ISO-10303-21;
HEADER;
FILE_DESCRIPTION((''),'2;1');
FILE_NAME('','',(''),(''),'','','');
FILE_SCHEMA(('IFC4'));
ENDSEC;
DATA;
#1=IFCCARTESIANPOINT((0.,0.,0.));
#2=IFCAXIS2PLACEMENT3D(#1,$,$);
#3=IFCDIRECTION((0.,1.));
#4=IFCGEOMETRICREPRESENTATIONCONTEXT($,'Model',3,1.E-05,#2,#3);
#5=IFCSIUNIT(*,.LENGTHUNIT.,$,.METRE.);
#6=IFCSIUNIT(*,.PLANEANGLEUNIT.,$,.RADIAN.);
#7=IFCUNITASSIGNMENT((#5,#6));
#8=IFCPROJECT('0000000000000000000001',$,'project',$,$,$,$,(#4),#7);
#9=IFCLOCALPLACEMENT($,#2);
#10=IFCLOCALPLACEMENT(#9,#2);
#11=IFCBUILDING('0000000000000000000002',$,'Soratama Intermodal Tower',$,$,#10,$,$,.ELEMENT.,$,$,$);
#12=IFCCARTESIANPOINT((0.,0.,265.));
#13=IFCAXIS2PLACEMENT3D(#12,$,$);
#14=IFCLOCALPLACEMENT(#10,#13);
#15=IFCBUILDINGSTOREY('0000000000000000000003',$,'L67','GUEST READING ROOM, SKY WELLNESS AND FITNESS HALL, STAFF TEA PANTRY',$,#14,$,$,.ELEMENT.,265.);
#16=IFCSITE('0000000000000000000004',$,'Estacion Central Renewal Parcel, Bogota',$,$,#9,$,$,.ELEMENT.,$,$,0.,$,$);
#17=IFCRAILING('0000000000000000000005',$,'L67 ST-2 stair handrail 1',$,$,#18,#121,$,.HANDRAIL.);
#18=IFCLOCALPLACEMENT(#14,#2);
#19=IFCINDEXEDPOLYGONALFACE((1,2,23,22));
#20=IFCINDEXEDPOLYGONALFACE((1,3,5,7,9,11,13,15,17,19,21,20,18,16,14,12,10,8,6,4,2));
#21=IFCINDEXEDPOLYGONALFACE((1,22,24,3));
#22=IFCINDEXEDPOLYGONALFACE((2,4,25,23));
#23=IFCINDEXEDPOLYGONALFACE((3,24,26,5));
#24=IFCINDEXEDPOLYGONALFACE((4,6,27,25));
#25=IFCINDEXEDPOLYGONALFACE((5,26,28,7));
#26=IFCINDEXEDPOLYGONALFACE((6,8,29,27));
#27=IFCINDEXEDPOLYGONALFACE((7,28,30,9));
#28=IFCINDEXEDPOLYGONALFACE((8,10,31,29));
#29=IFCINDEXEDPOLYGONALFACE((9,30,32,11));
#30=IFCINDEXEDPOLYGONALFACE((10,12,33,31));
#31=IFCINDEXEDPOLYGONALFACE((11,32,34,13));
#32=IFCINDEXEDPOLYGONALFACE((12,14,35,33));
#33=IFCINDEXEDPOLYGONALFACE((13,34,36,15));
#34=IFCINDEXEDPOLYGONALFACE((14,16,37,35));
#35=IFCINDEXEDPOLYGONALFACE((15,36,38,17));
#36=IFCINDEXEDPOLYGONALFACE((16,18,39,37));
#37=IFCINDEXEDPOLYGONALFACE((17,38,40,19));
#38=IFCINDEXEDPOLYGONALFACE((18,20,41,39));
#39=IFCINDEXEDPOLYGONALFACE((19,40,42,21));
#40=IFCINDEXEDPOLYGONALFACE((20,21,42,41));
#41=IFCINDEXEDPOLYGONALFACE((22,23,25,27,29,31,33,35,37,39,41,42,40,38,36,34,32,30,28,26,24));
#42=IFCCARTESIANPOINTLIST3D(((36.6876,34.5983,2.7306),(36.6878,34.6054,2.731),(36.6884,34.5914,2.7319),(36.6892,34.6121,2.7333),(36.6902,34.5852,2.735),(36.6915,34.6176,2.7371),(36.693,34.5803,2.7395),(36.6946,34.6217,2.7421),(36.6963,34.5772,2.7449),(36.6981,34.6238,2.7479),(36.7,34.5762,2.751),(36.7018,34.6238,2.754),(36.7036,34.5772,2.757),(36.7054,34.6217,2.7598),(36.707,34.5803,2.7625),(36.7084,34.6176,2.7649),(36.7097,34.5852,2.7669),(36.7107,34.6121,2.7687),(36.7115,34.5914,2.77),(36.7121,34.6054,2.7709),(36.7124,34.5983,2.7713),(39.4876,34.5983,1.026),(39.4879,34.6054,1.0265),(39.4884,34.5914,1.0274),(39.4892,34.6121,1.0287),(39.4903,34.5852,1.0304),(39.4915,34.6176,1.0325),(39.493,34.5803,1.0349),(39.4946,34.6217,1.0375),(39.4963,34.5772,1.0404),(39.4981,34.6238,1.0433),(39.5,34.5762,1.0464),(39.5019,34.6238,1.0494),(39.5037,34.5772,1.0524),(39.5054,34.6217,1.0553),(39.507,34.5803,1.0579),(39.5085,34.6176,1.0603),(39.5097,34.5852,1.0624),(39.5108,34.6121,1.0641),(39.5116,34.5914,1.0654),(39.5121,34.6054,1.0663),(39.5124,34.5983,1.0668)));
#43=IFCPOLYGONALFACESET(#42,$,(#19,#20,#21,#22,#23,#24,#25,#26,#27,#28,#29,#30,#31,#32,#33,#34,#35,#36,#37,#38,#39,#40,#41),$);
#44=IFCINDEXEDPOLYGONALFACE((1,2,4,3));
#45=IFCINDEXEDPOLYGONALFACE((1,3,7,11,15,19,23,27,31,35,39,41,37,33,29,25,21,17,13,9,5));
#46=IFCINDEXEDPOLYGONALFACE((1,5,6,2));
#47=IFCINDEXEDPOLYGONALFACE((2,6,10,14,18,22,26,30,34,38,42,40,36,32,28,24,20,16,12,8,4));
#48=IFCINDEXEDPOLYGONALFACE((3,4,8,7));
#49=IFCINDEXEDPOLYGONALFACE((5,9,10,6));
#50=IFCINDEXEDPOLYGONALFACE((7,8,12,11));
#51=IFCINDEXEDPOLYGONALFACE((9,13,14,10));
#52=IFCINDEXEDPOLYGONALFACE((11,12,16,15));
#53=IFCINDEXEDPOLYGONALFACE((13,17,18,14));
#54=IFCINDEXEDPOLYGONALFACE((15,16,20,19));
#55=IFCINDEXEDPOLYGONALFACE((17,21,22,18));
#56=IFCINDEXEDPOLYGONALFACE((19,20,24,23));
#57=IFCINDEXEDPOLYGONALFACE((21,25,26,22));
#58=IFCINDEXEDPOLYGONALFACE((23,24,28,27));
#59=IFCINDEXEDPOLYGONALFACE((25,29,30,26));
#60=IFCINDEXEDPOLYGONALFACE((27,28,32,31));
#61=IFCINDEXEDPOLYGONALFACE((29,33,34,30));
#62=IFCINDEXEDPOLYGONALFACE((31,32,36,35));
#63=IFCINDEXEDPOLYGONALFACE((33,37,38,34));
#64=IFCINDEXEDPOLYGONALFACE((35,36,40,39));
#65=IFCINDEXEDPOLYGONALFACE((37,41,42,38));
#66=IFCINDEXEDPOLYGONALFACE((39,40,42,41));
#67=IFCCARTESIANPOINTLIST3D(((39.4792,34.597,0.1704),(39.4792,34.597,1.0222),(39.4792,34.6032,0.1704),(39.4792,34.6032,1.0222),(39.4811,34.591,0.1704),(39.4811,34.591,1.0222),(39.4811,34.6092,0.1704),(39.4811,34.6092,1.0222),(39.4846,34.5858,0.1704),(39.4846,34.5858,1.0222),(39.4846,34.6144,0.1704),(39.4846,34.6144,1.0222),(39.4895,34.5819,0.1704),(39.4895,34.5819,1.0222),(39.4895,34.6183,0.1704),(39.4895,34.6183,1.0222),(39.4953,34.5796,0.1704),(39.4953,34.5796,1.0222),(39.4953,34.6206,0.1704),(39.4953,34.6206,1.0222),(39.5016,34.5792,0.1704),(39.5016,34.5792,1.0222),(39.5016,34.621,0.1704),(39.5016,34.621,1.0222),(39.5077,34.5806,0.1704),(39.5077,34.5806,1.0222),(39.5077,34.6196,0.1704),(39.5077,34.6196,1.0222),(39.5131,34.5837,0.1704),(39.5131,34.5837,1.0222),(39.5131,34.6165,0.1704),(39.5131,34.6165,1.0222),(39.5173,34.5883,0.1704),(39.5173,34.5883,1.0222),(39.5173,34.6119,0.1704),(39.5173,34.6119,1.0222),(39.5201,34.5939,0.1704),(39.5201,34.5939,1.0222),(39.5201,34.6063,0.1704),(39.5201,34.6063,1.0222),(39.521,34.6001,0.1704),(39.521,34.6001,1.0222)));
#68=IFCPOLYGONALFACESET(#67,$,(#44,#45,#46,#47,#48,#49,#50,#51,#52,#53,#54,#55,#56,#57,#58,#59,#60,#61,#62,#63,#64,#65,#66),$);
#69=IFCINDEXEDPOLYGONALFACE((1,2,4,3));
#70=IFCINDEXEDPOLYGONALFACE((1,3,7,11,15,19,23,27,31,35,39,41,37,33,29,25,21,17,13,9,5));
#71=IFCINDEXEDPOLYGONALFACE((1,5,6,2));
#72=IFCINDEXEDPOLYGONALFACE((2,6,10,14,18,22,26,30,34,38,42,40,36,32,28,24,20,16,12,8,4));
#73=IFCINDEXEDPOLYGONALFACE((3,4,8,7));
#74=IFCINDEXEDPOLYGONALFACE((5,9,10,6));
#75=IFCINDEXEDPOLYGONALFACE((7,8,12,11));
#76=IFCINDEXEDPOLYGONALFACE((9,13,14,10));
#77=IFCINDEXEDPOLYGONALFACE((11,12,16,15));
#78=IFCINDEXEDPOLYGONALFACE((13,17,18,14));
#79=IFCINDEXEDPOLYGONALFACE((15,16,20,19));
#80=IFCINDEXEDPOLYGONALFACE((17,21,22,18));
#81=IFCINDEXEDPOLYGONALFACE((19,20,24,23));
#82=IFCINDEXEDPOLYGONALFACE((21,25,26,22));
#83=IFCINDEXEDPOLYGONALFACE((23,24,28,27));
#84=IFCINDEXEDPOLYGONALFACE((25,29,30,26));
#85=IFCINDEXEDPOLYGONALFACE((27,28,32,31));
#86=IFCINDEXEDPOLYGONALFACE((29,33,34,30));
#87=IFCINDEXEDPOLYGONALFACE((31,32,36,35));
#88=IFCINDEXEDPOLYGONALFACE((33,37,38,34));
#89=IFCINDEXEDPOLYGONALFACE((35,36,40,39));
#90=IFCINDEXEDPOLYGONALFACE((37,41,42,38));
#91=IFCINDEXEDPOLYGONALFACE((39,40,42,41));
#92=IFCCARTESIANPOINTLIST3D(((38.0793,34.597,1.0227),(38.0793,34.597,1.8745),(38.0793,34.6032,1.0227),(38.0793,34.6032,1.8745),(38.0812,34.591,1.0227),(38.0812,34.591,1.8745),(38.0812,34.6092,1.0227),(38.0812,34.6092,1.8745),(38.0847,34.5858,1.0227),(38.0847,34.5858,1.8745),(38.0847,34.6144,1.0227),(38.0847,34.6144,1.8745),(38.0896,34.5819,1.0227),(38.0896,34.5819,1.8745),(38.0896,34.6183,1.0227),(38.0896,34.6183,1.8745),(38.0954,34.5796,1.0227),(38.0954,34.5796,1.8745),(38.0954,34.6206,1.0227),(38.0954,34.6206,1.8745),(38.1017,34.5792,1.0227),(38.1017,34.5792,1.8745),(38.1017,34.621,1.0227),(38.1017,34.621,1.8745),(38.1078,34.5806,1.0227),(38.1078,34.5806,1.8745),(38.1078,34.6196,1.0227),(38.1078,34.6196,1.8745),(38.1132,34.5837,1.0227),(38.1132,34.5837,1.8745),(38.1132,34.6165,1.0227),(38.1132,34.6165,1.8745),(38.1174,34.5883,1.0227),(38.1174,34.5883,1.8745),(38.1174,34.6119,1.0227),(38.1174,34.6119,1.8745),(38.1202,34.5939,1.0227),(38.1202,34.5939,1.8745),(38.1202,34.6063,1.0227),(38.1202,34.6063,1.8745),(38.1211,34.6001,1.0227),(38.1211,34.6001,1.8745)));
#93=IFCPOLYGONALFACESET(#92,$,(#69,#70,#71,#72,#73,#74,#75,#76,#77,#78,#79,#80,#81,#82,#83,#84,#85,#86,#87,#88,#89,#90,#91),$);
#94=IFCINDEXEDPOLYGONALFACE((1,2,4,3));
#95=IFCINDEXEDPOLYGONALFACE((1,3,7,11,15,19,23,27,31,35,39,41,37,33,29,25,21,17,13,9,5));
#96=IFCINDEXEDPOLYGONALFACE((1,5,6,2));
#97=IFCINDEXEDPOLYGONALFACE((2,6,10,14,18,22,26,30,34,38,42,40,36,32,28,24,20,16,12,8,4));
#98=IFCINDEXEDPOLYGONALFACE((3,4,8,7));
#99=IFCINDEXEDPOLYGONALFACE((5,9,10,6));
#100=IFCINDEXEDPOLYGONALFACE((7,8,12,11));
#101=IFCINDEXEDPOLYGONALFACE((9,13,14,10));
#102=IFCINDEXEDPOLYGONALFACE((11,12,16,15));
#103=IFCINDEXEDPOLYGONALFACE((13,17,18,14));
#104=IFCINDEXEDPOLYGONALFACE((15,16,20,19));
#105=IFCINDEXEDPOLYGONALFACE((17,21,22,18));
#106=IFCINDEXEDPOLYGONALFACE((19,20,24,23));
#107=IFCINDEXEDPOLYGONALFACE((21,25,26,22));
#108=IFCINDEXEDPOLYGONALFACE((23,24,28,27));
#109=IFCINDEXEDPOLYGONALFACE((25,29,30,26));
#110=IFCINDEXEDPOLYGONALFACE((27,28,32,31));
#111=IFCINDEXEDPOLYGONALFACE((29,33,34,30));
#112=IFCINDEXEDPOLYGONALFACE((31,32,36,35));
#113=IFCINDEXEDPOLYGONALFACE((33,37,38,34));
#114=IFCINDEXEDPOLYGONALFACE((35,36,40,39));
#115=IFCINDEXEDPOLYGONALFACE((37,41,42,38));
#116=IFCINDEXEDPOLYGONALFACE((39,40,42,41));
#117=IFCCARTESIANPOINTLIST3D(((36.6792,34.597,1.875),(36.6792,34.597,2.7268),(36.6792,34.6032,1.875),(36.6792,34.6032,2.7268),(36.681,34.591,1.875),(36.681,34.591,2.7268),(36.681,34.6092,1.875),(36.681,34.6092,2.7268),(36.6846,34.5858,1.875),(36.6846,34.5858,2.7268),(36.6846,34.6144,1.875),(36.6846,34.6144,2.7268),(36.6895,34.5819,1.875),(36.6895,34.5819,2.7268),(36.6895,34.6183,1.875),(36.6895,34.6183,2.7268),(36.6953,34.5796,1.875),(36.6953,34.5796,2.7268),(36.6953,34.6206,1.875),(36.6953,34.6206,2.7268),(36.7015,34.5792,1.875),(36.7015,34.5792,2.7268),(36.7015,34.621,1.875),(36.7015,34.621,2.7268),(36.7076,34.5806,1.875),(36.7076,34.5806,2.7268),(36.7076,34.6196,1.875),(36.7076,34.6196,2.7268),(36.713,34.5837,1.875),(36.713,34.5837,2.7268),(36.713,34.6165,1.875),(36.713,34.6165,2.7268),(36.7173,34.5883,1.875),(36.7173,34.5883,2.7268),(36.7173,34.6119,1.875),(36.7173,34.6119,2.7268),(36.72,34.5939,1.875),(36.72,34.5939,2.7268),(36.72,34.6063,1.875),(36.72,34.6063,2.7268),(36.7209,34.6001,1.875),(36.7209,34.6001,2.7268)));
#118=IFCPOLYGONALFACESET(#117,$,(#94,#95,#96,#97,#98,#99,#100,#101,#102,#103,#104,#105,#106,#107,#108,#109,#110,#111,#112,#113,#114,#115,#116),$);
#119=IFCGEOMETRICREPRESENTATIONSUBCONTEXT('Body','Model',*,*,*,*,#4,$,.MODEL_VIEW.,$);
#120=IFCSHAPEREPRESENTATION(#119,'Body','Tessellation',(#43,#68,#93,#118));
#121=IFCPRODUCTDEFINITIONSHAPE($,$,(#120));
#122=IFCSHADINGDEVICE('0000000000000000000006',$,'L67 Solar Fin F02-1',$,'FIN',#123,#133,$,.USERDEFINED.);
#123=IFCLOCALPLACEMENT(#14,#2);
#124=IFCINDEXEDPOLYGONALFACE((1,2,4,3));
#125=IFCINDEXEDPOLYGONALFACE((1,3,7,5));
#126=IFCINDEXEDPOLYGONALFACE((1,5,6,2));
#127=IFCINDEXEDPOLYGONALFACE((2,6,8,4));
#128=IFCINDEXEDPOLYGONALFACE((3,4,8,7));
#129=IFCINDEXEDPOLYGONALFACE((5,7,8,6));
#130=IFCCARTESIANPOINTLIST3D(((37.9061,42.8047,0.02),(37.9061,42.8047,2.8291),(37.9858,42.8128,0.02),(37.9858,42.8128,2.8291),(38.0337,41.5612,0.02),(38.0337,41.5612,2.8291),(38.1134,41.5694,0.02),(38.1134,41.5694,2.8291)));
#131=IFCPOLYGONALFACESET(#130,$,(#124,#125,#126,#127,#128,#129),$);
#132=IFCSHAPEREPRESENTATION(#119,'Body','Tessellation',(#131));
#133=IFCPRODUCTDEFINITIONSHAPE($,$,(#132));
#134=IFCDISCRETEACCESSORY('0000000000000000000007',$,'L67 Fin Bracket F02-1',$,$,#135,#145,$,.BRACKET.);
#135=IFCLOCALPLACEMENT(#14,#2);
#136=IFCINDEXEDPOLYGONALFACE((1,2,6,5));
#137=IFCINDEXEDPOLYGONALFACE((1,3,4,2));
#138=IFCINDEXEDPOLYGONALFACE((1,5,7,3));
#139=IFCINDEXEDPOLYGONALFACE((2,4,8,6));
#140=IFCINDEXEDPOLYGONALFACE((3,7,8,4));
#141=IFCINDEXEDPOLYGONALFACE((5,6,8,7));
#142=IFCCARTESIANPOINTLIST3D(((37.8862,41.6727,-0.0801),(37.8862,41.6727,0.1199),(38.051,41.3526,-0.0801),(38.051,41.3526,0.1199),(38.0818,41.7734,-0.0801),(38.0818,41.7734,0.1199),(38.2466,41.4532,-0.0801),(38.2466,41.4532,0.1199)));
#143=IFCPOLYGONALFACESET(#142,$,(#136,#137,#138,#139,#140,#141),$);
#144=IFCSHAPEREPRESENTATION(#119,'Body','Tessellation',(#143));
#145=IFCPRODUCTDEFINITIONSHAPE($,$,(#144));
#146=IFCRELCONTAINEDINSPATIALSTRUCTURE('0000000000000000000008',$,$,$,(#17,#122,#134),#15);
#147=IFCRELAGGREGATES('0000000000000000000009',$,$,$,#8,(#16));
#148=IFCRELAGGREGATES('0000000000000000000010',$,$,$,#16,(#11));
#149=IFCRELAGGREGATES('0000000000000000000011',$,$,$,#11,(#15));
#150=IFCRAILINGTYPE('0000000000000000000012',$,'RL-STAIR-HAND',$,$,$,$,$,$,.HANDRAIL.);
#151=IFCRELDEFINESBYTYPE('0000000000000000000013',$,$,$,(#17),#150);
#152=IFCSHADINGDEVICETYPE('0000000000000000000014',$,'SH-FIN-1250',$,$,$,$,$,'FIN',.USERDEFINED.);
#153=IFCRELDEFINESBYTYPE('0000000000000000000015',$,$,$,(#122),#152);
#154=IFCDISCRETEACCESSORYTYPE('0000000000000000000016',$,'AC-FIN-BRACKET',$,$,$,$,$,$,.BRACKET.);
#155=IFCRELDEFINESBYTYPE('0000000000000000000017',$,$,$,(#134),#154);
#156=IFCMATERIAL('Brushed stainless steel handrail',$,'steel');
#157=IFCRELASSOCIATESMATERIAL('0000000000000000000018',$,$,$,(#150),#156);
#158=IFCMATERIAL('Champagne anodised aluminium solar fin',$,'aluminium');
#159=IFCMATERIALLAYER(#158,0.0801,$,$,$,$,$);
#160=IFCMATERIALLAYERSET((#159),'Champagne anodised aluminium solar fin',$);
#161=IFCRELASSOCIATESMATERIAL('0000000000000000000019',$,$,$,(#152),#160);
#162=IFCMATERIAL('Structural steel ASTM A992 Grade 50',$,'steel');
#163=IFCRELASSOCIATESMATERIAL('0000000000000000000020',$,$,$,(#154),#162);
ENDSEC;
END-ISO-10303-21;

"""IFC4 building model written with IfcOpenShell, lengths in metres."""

from ifc_helpers import new_model, si_unit, direction, frame, origin, origin_2d, place, context, subcontext, project, spatial, rectangle, circle, extrude, material, layer, layer_set, type_object, element, save


model = new_model("IFC4")

# Units and contexts
model_context = context("Model", 3, precision=1e-05, world=origin(), true_north=direction((0.0, 1.0)))
body_context = subcontext(model_context, "Body", "Model", "MODEL_VIEW")
ifc_project = project(units=[si_unit("LENGTHUNIT", "METRE"), si_unit("PLANEANGLEUNIT", "RADIAN")], contexts=[model_context])

# Site, building, storey
site_placement = place(None, origin())
site = spatial("IfcSite", under=ifc_project, at=site_placement, Name="Estacion Central Renewal Parcel, Bogota", CompositionType="ELEMENT", RefElevation=0.0)
building_placement = place(site_placement, origin())
building = spatial("IfcBuilding", under=site, at=building_placement, Name="Soratama Intermodal Tower", CompositionType="ELEMENT")
storey_placement = place(building_placement, frame((0.0, 0.0, 265.0)))
storey = spatial("IfcBuildingStorey", under=building, at=storey_placement, Name="L67", Description="GUEST READING ROOM, SKY WELLNESS AND FITNESS HALL, STAFF TEA PANTRY", CompositionType="ELEMENT", Elevation=265.0)

# Railing
ifc_material_1 = material(Name="Brushed stainless steel handrail", Category="steel")
railing_type = type_object("IfcRailingType", Name="RL-STAIR-HAND", PredefinedType="HANDRAIL", material=ifc_material_1)
railing_placement = place(storey_placement, frame((39.5, 34.6001, 0.1704)))
element("IfcRailing", 1, at=railing_placement, inside=storey, type_object=railing_type, Name="L67 ST-2 stair handrail 1", PredefinedType="HANDRAIL", context=body_context, shape_type="SweptSolid", body=[
    extrude(circle(Radius=0.0239, at=origin_2d()), frame((0.0, 0.0, 0.876), z_axis=(-0.85417, 0.0, 0.519994), x_axis=(0.0, -1.0, 0.0)), (0.0, 0.0, 1.0), 3.2781),
    extrude(circle(Radius=0.021, at=origin_2d()), origin(), (0.0, 0.0, 1.0), 0.8518),
    extrude(circle(Radius=0.021, at=origin_2d()), frame((-1.3999, 0.0, 0.8523)), (0.0, 0.0, 1.0), 0.8518),
    extrude(circle(Radius=0.021, at=origin_2d()), frame((-2.8, 0.0, 1.7046)), (0.0, 0.0, 1.0), 0.8518),
])

# Shading device
ifc_material_2 = material(Name="Champagne anodised aluminium solar fin", Category="aluminium")
ifc_layer_1 = layer(ifc_material_2, 0.0801)
ifc_layer_set_1 = layer_set([ifc_layer_1], Name="Champagne anodised aluminium solar fin")
shading_device_type = type_object("IfcShadingDeviceType", Name="SH-FIN-1250", ElementType="FIN", PredefinedType="USERDEFINED", material=ifc_layer_set_1)
shading_device_placement = place(storey_placement, frame((38.0098, 42.187, 0.02), z_axis=(0.0, 0.0, 1.0), x_axis=(-0.102098, 0.994774, 0.0)))
element("IfcShadingDevice", 2, at=shading_device_placement, inside=storey, type_object=shading_device_type, Name="L67 Solar Fin F02-1", ObjectType="FIN", PredefinedType="USERDEFINED", context=body_context, shape_type="SweptSolid", body=[
    extrude(rectangle(XDim=1.25, YDim=0.0801, at=origin_2d()), origin(), (0.0, 0.0, 1.0), 2.8091),
])

# Discrete accessory
ifc_material_3 = material(Name="Structural steel ASTM A992 Grade 50", Category="steel")
discrete_accessory_type = type_object("IfcDiscreteAccessoryType", Name="AC-FIN-BRACKET", PredefinedType="BRACKET", material=ifc_material_3)
discrete_accessory_placement = place(storey_placement, frame((38.0664, 41.563, -0.0801), z_axis=(0.0, 0.0, 1.0), x_axis=(-0.457719, 0.889097, 0.0)))
element("IfcDiscreteAccessory", 3, at=discrete_accessory_placement, inside=storey, type_object=discrete_accessory_type, Name="L67 Fin Bracket F02-1", PredefinedType="BRACKET", context=body_context, shape_type="SweptSolid", body=[
    extrude(rectangle(XDim=0.3601, YDim=0.22, at=origin_2d()), origin(), (0.0, 0.0, 1.0), 0.2),
])

save(model, "model.ifc")
